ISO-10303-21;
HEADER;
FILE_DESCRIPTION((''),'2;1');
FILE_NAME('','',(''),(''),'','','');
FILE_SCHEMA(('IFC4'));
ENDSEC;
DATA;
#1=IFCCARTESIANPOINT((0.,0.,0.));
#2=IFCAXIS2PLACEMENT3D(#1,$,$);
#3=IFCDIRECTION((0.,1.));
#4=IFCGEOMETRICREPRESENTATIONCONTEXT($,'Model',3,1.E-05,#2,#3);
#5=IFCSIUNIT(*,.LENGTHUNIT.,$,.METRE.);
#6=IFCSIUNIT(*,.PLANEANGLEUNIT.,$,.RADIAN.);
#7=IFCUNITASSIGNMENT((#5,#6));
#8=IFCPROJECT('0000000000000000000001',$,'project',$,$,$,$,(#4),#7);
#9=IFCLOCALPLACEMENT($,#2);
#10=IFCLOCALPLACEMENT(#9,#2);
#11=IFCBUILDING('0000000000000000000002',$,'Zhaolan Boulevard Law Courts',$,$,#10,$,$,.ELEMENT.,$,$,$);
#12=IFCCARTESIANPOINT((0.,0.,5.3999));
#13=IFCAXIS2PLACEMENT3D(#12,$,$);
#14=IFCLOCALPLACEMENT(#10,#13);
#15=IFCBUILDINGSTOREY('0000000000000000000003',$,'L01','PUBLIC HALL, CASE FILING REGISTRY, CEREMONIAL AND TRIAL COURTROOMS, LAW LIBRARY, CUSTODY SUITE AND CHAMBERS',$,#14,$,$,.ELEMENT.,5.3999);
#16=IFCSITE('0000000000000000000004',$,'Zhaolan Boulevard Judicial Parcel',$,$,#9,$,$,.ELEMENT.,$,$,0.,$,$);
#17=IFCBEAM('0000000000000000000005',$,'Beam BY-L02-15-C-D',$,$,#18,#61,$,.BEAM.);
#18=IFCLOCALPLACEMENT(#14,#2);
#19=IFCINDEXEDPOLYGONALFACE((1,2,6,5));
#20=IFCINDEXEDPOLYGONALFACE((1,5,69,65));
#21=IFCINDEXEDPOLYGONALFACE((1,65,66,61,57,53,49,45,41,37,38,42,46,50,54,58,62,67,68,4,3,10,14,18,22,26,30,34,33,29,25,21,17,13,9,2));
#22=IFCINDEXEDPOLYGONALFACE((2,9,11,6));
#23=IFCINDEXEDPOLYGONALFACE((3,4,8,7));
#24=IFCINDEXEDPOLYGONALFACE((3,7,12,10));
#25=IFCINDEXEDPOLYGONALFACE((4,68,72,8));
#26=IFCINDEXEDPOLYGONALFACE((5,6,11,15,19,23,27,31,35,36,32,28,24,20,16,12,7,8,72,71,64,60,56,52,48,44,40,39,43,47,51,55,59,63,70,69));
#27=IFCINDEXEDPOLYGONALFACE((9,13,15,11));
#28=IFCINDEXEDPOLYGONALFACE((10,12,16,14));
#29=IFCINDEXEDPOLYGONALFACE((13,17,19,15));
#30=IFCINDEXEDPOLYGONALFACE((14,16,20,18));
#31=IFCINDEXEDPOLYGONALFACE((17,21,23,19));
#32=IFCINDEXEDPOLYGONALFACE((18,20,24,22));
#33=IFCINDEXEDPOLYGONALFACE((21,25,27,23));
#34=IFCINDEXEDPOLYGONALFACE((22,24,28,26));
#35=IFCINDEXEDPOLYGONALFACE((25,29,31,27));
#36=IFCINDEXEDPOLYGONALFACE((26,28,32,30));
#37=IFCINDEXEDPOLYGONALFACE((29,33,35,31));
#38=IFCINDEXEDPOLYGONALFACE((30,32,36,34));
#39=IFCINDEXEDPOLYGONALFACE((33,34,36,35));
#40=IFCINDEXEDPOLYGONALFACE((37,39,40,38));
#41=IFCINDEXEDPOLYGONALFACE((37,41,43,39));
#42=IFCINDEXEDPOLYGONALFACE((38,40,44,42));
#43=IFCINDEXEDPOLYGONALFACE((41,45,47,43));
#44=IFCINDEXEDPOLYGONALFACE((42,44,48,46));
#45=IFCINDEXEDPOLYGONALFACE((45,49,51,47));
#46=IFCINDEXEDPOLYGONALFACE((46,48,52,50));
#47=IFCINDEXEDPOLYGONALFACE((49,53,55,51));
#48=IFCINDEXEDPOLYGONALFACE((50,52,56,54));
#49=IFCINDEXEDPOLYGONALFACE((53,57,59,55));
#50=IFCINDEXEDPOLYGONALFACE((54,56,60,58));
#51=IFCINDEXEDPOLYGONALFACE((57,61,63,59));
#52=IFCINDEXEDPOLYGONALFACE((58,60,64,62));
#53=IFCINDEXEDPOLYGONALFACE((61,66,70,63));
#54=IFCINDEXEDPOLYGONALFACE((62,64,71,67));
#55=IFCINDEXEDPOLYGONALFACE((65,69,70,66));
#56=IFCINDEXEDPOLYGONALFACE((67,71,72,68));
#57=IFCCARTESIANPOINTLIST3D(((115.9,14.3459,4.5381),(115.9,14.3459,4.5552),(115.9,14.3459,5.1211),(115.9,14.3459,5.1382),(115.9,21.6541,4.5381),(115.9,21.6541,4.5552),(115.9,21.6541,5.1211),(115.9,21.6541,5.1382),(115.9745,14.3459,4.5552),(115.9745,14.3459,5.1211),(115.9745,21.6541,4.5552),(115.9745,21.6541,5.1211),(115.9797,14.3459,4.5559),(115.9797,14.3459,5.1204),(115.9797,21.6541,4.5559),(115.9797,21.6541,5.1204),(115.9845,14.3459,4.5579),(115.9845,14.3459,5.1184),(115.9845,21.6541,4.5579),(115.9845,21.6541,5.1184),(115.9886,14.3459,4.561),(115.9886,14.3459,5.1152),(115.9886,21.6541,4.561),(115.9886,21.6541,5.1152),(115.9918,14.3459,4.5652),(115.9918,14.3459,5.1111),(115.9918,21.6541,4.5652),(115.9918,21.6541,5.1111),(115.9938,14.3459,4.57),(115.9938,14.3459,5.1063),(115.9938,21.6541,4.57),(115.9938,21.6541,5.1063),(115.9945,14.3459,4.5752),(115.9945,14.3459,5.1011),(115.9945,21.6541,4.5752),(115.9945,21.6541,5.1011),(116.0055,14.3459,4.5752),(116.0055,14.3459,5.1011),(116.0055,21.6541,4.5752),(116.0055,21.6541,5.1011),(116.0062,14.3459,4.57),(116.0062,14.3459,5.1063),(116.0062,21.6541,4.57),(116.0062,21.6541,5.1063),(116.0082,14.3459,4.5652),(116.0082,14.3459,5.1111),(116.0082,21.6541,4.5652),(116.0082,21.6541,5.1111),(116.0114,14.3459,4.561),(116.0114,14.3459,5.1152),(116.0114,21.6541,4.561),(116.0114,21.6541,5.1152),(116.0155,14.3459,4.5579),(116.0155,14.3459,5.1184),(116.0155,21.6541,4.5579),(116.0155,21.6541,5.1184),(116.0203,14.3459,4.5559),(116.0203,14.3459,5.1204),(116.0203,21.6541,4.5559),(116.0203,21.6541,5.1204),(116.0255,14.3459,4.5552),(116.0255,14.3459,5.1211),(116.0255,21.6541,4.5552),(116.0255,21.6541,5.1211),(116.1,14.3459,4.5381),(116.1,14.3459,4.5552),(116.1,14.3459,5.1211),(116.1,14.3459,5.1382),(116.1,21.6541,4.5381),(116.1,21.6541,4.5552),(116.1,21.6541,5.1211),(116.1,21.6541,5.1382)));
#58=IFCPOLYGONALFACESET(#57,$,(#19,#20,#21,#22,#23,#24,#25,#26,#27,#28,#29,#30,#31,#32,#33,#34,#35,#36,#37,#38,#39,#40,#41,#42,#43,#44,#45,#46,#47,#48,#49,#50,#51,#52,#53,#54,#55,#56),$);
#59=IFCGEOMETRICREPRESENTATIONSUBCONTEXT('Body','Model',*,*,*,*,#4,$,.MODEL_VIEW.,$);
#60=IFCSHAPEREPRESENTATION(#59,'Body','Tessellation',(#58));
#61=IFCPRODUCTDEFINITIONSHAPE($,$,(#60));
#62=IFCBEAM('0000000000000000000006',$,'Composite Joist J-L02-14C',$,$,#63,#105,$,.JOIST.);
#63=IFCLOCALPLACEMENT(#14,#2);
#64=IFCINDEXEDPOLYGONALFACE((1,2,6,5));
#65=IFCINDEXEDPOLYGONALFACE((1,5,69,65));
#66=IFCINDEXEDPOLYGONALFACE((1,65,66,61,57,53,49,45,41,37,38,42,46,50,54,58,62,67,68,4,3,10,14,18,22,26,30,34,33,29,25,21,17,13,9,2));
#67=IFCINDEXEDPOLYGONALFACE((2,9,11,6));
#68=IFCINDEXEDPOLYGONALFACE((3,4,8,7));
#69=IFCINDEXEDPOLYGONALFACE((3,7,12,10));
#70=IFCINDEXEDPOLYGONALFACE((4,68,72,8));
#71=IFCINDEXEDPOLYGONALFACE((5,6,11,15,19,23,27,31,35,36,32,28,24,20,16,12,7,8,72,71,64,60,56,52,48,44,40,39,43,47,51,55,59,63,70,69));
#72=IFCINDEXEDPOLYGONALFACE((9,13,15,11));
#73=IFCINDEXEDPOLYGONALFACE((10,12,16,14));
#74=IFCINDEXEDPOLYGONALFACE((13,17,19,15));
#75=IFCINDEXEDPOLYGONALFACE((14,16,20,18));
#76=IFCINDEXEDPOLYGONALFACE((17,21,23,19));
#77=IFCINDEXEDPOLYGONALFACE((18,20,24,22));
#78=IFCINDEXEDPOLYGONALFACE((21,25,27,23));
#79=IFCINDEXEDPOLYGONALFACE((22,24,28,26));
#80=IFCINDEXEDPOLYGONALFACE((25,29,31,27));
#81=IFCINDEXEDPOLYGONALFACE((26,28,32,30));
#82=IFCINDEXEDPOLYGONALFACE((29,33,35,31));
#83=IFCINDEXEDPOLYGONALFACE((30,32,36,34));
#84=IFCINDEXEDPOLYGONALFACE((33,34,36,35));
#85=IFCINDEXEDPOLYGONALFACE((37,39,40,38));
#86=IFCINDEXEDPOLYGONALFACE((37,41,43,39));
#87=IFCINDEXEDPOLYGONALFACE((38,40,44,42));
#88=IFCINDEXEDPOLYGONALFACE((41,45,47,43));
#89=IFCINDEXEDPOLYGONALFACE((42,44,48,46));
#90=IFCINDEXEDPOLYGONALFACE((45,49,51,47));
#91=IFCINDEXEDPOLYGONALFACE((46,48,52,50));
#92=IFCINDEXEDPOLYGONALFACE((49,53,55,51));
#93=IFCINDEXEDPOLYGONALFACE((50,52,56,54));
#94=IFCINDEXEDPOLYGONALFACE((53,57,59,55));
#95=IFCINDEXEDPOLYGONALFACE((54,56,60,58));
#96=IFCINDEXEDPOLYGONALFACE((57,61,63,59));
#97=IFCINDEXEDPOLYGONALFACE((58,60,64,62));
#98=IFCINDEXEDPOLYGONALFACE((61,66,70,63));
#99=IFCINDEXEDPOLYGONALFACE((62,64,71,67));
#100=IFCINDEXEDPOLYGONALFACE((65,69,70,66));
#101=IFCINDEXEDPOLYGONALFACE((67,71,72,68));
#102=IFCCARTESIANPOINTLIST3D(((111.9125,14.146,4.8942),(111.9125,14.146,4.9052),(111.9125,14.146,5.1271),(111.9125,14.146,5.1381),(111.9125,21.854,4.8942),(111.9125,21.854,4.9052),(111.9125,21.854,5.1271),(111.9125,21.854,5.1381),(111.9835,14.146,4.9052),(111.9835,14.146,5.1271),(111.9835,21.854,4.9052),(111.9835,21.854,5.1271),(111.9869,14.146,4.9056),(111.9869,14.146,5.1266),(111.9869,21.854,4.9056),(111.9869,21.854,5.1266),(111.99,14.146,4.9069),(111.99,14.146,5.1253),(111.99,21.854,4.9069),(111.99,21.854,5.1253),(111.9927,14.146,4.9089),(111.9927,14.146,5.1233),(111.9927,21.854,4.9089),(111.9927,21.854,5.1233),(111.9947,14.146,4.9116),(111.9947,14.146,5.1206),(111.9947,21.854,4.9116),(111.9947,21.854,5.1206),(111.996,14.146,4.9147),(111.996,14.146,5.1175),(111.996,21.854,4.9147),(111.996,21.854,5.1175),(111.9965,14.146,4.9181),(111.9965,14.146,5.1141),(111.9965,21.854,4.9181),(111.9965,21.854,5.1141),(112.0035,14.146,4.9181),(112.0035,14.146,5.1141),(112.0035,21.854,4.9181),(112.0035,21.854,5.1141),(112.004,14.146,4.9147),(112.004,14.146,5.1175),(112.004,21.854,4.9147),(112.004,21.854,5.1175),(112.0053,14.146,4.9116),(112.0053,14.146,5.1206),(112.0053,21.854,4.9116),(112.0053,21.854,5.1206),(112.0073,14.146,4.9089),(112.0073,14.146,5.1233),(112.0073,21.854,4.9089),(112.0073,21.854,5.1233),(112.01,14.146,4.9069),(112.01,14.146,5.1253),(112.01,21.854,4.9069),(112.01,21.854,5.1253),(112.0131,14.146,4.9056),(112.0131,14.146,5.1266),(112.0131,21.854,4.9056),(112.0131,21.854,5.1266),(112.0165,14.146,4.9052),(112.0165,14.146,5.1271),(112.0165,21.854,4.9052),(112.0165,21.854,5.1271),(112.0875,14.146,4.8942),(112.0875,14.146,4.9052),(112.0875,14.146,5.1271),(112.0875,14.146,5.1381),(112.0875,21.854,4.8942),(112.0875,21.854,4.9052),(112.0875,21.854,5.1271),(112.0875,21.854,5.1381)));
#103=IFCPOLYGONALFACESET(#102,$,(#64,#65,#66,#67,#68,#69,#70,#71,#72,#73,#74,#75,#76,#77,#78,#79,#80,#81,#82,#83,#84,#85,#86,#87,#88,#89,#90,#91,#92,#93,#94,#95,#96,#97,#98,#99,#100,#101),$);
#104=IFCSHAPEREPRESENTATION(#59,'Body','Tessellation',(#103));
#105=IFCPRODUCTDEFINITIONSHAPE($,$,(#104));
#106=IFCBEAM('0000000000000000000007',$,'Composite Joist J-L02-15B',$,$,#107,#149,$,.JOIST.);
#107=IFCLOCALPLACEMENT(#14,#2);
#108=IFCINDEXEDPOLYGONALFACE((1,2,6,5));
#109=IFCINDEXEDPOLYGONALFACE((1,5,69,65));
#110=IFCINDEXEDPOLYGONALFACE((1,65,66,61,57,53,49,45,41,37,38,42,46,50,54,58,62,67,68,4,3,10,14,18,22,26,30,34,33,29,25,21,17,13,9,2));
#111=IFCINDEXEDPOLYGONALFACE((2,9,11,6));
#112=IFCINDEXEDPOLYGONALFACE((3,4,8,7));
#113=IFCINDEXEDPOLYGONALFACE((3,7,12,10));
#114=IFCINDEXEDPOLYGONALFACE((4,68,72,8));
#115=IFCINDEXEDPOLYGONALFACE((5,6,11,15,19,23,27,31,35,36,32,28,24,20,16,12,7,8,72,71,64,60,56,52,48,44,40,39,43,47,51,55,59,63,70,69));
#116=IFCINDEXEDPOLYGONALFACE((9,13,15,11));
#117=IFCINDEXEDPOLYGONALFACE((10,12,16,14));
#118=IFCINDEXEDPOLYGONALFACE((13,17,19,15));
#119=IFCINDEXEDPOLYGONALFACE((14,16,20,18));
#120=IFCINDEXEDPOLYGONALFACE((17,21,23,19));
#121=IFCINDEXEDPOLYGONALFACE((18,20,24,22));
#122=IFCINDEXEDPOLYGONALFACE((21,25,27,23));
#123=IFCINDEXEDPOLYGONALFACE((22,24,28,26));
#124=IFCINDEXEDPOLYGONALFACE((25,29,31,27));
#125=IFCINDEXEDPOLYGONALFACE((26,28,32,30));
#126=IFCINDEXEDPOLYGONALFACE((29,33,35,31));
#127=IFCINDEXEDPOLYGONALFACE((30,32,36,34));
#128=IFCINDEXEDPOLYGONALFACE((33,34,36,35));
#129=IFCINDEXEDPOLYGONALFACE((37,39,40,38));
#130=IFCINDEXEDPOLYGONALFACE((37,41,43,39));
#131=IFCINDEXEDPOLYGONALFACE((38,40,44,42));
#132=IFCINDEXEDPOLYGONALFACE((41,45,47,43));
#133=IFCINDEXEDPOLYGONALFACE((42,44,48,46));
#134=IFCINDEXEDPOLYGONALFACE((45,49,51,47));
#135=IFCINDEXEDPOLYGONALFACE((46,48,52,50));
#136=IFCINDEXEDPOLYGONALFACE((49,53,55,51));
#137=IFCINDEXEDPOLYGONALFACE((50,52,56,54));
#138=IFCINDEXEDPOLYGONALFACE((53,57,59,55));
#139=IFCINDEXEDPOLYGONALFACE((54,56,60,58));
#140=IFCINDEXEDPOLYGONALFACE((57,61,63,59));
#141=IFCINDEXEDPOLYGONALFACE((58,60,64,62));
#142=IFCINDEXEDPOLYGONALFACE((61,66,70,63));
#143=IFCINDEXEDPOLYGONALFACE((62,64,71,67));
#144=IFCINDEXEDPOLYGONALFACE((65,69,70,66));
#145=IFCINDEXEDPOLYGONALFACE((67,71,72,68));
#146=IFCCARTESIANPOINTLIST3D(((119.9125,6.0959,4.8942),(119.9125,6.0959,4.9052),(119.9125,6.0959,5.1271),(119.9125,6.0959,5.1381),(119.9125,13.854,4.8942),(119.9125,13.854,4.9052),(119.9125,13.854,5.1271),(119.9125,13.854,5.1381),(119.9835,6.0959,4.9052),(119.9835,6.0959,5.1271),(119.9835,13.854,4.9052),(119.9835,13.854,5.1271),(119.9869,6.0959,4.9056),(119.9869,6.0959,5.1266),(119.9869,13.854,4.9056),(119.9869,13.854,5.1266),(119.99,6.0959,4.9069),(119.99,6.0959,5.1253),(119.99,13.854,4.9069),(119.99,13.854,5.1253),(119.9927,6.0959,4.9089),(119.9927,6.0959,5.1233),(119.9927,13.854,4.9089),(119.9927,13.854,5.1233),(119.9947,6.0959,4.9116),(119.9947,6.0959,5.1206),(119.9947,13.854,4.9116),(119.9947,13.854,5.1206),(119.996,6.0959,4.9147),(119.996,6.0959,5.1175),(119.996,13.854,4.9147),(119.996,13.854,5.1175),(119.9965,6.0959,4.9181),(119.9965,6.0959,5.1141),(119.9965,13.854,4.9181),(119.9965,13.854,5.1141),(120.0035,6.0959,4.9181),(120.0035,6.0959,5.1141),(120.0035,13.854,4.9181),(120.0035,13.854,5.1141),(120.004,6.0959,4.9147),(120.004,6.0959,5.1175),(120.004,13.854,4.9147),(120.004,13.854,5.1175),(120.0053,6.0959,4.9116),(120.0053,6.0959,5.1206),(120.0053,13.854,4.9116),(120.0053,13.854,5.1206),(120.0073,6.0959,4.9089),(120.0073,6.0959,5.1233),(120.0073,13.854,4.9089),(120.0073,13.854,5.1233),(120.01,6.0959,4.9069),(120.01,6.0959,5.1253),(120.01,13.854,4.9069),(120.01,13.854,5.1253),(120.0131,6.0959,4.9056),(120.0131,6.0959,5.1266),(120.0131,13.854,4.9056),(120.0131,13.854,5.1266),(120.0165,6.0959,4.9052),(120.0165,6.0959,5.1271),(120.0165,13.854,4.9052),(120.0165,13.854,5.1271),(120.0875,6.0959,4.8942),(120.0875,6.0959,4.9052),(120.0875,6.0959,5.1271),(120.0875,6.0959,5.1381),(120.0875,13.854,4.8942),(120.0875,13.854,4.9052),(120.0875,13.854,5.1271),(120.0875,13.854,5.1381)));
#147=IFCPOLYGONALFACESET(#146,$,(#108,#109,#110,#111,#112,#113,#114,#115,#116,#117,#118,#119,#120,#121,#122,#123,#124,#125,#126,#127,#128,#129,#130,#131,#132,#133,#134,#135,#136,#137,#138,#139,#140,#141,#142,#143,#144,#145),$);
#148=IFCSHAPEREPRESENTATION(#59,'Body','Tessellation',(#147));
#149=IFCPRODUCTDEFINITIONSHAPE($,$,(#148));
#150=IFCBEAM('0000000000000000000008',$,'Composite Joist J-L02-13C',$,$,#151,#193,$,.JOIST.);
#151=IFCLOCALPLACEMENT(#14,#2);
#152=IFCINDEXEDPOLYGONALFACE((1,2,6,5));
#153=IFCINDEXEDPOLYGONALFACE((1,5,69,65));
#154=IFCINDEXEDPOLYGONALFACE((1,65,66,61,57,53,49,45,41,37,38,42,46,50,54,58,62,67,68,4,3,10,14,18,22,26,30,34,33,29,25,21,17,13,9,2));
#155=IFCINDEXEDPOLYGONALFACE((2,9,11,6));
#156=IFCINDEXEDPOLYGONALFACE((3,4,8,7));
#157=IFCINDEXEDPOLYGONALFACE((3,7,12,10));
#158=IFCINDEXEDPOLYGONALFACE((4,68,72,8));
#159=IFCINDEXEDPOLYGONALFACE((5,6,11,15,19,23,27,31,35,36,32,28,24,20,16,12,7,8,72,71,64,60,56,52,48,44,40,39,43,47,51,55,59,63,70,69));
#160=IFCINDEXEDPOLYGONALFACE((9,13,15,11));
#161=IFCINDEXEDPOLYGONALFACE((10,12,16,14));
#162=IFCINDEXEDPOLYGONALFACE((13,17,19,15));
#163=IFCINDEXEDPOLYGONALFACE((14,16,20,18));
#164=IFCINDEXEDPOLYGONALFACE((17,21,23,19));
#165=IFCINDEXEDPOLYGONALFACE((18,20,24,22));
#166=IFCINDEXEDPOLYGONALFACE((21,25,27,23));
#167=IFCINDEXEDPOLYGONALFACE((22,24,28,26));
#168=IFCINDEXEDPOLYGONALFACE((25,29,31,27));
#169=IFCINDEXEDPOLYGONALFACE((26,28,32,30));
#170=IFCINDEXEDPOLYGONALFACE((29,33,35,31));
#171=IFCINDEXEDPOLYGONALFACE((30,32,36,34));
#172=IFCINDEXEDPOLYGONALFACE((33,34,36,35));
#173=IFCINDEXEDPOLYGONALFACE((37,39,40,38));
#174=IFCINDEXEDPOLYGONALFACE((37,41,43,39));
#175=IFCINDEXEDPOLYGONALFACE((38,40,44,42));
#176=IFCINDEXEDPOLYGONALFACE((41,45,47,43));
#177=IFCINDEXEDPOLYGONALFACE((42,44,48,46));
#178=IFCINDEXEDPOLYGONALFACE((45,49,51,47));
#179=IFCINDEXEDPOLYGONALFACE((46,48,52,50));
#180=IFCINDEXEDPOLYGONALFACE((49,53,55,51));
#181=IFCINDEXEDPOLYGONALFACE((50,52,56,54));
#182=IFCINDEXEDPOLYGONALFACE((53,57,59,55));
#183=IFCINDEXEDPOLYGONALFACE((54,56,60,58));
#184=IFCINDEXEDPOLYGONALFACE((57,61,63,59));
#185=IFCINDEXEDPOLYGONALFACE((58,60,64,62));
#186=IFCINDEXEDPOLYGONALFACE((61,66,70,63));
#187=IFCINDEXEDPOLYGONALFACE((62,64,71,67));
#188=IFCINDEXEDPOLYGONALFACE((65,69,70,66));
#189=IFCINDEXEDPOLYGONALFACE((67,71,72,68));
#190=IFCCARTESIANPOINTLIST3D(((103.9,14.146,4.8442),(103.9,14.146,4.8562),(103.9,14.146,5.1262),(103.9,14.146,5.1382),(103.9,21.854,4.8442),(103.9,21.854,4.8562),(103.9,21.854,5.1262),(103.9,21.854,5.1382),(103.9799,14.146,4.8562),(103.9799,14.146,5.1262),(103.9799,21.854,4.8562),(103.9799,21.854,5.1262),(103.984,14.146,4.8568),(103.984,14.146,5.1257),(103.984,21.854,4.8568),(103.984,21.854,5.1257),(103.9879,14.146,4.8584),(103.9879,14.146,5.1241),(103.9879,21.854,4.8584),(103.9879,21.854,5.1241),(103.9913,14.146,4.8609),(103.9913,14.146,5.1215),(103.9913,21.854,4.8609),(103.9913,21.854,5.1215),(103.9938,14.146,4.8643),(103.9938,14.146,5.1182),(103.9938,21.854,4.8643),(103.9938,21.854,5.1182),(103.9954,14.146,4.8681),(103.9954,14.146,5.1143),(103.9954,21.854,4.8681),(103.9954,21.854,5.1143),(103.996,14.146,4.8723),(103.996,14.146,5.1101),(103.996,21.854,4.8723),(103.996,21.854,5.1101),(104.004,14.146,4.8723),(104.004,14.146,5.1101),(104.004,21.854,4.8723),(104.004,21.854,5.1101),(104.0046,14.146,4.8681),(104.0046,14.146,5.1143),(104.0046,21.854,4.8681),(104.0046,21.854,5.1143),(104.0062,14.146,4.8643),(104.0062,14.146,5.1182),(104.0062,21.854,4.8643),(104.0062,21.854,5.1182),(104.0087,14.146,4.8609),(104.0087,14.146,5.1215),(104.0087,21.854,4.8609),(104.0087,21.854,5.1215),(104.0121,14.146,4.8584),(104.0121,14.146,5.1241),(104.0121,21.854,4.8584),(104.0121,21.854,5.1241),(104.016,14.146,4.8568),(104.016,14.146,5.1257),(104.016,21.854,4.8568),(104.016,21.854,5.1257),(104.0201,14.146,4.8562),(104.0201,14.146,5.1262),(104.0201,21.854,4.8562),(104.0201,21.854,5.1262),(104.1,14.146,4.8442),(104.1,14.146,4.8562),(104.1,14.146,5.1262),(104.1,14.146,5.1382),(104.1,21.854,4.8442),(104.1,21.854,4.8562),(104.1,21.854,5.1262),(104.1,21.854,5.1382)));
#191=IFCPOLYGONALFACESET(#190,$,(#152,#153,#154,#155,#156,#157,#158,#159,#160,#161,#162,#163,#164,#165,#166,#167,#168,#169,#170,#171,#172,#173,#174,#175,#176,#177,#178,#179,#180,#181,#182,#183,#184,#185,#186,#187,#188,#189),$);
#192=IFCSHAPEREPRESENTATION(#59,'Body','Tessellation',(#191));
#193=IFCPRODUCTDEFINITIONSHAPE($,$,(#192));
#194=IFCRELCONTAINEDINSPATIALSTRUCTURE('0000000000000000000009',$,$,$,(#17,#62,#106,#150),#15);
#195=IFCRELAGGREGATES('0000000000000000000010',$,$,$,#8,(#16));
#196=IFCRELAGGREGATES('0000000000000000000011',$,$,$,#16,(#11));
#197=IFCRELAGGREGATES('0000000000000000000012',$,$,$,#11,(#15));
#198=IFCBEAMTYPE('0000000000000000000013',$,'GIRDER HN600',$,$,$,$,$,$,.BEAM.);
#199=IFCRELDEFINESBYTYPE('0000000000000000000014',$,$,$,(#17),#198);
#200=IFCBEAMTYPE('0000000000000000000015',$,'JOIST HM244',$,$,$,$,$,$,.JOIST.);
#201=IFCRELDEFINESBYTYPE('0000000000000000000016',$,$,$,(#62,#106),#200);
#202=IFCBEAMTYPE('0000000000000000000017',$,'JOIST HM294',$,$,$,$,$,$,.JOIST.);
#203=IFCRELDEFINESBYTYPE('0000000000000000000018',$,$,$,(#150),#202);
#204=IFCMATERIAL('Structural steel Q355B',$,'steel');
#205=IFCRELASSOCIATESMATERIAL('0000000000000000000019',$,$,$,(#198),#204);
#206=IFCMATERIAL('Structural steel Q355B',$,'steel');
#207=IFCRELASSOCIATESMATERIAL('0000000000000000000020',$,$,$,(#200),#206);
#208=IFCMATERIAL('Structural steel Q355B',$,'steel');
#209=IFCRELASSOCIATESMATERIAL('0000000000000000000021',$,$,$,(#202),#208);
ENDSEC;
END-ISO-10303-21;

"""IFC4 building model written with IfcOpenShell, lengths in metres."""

from ifc_helpers import new_model, si_unit, direction, frame, origin, origin_2d, place, context, subcontext, project, spatial, i_section, extrude, material, material_profile, profile_set, type_object, element, save


model = new_model("IFC4")

# Units and contexts
model_context = context("Model", 3, precision=1e-05, world=origin(), true_north=direction((0.0, 1.0)))
body_context = subcontext(model_context, "Body", "Model", "MODEL_VIEW")
ifc_project = project(units=[si_unit("LENGTHUNIT", "METRE"), si_unit("PLANEANGLEUNIT", "RADIAN")], contexts=[model_context])

# Site, building, storey
site_placement = place(None, origin())
site = spatial("IfcSite", under=ifc_project, at=site_placement, Name="Zhaolan Boulevard Judicial Parcel", CompositionType="ELEMENT", RefElevation=0.0)
building_placement = place(site_placement, origin())
building = spatial("IfcBuilding", under=site, at=building_placement, Name="Zhaolan Boulevard Law Courts", CompositionType="ELEMENT")
storey_placement = place(building_placement, frame((0.0, 0.0, 5.3999)))
storey = spatial("IfcBuildingStorey", under=building, at=storey_placement, Name="L01", Description="PUBLIC HALL, CASE FILING REGISTRY, CEREMONIAL AND TRIAL COURTROOMS, LAW LIBRARY, CUSTODY SUITE AND CHAMBERS", CompositionType="ELEMENT", Elevation=5.3999)

# Beams
ifc_material_1 = material(Name="Structural steel Q355B", Category="steel")
ifc_material_profile_1 = material_profile(ifc_material_1, i_section(OverallWidth=0.2, OverallDepth=0.6001, WebThickness=0.011, FlangeThickness=0.0171, FilletRadius=0.02, at=origin_2d()), Name="HN600x200")
ifc_profile_set_1 = profile_set([ifc_material_profile_1], Name="Structural steel Q355B")
beam_type_1 = type_object("IfcBeamType", Name="GIRDER HN600", PredefinedType="BEAM", material=ifc_profile_set_1)
beam_1_placement = place(storey_placement, frame((116.0, 14.3459, 4.8381), z_axis=(0.0, 1.0, 0.0), x_axis=(-1.0, 0.0, 0.0)))
element("IfcBeam", 1, at=beam_1_placement, inside=storey, type_object=beam_type_1, Name="Beam BY-L02-15-C-D", PredefinedType="BEAM", context=body_context, shape_type="SweptSolid", body=[
    extrude(i_section(OverallWidth=0.2, OverallDepth=0.6001, WebThickness=0.011, FlangeThickness=0.0171, FilletRadius=0.02, at=origin_2d()), origin(), (0.0, 0.0, 1.0), 7.3081),
])
ifc_material_2 = material(Name="Structural steel Q355B", Category="steel")
ifc_material_profile_2 = material_profile(ifc_material_2, i_section(OverallWidth=0.175, OverallDepth=0.2439, WebThickness=0.0071, FlangeThickness=0.011, FilletRadius=0.0129, at=origin_2d()), Name="HM244x175")
ifc_profile_set_2 = profile_set([ifc_material_profile_2], Name="Structural steel Q355B")
beam_type_2 = type_object("IfcBeamType", Name="JOIST HM244", PredefinedType="JOIST", material=ifc_profile_set_2)
beam_2_placement = place(storey_placement, frame((112.0, 14.146, 5.0161), z_axis=(0.0, 1.0, 0.0), x_axis=(-1.0, 0.0, 0.0)))
element("IfcBeam", 2, at=beam_2_placement, inside=storey, type_object=beam_type_2, Name="Composite Joist J-L02-14C", PredefinedType="JOIST", context=body_context, shape_type="SweptSolid", body=[
    extrude(i_section(OverallWidth=0.175, OverallDepth=0.2439, WebThickness=0.0071, FlangeThickness=0.011, FilletRadius=0.0129, at=origin_2d()), origin(), (0.0, 0.0, 1.0), 7.708),
])
beam_3_placement = place(storey_placement, frame((120.0, 6.0959, 5.0161), z_axis=(0.0, 1.0, 0.0), x_axis=(-1.0, 0.0, 0.0)))
element("IfcBeam", 3, at=beam_3_placement, inside=storey, type_object=beam_type_2, Name="Composite Joist J-L02-15B", PredefinedType="JOIST", context=body_context, shape_type="SweptSolid", body=[
    extrude(i_section(OverallWidth=0.175, OverallDepth=0.2439, WebThickness=0.0071, FlangeThickness=0.011, FilletRadius=0.0129, at=origin_2d()), origin(), (0.0, 0.0, 1.0), 7.7581),
])
ifc_material_3 = material(Name="Structural steel Q355B", Category="steel")
ifc_material_profile_3 = material_profile(ifc_material_3, i_section(OverallWidth=0.2, OverallDepth=0.2939, WebThickness=0.0081, FlangeThickness=0.012, FilletRadius=0.0161, at=origin_2d()), Name="HM294x200")
ifc_profile_set_3 = profile_set([ifc_material_profile_3], Name="Structural steel Q355B")
beam_type_3 = type_object("IfcBeamType", Name="JOIST HM294", PredefinedType="JOIST", material=ifc_profile_set_3)
beam_4_placement = place(storey_placement, frame((104.0, 14.146, 4.9912), z_axis=(0.0, 1.0, 0.0), x_axis=(-1.0, 0.0, 0.0)))
element("IfcBeam", 4, at=beam_4_placement, inside=storey, type_object=beam_type_3, Name="Composite Joist J-L02-13C", PredefinedType="JOIST", context=body_context, shape_type="SweptSolid", body=[
    extrude(i_section(OverallWidth=0.2, OverallDepth=0.2939, WebThickness=0.0081, FlangeThickness=0.012, FilletRadius=0.0161, at=origin_2d()), origin(), (0.0, 0.0, 1.0), 7.708),
])

save(model, "model.ifc")
